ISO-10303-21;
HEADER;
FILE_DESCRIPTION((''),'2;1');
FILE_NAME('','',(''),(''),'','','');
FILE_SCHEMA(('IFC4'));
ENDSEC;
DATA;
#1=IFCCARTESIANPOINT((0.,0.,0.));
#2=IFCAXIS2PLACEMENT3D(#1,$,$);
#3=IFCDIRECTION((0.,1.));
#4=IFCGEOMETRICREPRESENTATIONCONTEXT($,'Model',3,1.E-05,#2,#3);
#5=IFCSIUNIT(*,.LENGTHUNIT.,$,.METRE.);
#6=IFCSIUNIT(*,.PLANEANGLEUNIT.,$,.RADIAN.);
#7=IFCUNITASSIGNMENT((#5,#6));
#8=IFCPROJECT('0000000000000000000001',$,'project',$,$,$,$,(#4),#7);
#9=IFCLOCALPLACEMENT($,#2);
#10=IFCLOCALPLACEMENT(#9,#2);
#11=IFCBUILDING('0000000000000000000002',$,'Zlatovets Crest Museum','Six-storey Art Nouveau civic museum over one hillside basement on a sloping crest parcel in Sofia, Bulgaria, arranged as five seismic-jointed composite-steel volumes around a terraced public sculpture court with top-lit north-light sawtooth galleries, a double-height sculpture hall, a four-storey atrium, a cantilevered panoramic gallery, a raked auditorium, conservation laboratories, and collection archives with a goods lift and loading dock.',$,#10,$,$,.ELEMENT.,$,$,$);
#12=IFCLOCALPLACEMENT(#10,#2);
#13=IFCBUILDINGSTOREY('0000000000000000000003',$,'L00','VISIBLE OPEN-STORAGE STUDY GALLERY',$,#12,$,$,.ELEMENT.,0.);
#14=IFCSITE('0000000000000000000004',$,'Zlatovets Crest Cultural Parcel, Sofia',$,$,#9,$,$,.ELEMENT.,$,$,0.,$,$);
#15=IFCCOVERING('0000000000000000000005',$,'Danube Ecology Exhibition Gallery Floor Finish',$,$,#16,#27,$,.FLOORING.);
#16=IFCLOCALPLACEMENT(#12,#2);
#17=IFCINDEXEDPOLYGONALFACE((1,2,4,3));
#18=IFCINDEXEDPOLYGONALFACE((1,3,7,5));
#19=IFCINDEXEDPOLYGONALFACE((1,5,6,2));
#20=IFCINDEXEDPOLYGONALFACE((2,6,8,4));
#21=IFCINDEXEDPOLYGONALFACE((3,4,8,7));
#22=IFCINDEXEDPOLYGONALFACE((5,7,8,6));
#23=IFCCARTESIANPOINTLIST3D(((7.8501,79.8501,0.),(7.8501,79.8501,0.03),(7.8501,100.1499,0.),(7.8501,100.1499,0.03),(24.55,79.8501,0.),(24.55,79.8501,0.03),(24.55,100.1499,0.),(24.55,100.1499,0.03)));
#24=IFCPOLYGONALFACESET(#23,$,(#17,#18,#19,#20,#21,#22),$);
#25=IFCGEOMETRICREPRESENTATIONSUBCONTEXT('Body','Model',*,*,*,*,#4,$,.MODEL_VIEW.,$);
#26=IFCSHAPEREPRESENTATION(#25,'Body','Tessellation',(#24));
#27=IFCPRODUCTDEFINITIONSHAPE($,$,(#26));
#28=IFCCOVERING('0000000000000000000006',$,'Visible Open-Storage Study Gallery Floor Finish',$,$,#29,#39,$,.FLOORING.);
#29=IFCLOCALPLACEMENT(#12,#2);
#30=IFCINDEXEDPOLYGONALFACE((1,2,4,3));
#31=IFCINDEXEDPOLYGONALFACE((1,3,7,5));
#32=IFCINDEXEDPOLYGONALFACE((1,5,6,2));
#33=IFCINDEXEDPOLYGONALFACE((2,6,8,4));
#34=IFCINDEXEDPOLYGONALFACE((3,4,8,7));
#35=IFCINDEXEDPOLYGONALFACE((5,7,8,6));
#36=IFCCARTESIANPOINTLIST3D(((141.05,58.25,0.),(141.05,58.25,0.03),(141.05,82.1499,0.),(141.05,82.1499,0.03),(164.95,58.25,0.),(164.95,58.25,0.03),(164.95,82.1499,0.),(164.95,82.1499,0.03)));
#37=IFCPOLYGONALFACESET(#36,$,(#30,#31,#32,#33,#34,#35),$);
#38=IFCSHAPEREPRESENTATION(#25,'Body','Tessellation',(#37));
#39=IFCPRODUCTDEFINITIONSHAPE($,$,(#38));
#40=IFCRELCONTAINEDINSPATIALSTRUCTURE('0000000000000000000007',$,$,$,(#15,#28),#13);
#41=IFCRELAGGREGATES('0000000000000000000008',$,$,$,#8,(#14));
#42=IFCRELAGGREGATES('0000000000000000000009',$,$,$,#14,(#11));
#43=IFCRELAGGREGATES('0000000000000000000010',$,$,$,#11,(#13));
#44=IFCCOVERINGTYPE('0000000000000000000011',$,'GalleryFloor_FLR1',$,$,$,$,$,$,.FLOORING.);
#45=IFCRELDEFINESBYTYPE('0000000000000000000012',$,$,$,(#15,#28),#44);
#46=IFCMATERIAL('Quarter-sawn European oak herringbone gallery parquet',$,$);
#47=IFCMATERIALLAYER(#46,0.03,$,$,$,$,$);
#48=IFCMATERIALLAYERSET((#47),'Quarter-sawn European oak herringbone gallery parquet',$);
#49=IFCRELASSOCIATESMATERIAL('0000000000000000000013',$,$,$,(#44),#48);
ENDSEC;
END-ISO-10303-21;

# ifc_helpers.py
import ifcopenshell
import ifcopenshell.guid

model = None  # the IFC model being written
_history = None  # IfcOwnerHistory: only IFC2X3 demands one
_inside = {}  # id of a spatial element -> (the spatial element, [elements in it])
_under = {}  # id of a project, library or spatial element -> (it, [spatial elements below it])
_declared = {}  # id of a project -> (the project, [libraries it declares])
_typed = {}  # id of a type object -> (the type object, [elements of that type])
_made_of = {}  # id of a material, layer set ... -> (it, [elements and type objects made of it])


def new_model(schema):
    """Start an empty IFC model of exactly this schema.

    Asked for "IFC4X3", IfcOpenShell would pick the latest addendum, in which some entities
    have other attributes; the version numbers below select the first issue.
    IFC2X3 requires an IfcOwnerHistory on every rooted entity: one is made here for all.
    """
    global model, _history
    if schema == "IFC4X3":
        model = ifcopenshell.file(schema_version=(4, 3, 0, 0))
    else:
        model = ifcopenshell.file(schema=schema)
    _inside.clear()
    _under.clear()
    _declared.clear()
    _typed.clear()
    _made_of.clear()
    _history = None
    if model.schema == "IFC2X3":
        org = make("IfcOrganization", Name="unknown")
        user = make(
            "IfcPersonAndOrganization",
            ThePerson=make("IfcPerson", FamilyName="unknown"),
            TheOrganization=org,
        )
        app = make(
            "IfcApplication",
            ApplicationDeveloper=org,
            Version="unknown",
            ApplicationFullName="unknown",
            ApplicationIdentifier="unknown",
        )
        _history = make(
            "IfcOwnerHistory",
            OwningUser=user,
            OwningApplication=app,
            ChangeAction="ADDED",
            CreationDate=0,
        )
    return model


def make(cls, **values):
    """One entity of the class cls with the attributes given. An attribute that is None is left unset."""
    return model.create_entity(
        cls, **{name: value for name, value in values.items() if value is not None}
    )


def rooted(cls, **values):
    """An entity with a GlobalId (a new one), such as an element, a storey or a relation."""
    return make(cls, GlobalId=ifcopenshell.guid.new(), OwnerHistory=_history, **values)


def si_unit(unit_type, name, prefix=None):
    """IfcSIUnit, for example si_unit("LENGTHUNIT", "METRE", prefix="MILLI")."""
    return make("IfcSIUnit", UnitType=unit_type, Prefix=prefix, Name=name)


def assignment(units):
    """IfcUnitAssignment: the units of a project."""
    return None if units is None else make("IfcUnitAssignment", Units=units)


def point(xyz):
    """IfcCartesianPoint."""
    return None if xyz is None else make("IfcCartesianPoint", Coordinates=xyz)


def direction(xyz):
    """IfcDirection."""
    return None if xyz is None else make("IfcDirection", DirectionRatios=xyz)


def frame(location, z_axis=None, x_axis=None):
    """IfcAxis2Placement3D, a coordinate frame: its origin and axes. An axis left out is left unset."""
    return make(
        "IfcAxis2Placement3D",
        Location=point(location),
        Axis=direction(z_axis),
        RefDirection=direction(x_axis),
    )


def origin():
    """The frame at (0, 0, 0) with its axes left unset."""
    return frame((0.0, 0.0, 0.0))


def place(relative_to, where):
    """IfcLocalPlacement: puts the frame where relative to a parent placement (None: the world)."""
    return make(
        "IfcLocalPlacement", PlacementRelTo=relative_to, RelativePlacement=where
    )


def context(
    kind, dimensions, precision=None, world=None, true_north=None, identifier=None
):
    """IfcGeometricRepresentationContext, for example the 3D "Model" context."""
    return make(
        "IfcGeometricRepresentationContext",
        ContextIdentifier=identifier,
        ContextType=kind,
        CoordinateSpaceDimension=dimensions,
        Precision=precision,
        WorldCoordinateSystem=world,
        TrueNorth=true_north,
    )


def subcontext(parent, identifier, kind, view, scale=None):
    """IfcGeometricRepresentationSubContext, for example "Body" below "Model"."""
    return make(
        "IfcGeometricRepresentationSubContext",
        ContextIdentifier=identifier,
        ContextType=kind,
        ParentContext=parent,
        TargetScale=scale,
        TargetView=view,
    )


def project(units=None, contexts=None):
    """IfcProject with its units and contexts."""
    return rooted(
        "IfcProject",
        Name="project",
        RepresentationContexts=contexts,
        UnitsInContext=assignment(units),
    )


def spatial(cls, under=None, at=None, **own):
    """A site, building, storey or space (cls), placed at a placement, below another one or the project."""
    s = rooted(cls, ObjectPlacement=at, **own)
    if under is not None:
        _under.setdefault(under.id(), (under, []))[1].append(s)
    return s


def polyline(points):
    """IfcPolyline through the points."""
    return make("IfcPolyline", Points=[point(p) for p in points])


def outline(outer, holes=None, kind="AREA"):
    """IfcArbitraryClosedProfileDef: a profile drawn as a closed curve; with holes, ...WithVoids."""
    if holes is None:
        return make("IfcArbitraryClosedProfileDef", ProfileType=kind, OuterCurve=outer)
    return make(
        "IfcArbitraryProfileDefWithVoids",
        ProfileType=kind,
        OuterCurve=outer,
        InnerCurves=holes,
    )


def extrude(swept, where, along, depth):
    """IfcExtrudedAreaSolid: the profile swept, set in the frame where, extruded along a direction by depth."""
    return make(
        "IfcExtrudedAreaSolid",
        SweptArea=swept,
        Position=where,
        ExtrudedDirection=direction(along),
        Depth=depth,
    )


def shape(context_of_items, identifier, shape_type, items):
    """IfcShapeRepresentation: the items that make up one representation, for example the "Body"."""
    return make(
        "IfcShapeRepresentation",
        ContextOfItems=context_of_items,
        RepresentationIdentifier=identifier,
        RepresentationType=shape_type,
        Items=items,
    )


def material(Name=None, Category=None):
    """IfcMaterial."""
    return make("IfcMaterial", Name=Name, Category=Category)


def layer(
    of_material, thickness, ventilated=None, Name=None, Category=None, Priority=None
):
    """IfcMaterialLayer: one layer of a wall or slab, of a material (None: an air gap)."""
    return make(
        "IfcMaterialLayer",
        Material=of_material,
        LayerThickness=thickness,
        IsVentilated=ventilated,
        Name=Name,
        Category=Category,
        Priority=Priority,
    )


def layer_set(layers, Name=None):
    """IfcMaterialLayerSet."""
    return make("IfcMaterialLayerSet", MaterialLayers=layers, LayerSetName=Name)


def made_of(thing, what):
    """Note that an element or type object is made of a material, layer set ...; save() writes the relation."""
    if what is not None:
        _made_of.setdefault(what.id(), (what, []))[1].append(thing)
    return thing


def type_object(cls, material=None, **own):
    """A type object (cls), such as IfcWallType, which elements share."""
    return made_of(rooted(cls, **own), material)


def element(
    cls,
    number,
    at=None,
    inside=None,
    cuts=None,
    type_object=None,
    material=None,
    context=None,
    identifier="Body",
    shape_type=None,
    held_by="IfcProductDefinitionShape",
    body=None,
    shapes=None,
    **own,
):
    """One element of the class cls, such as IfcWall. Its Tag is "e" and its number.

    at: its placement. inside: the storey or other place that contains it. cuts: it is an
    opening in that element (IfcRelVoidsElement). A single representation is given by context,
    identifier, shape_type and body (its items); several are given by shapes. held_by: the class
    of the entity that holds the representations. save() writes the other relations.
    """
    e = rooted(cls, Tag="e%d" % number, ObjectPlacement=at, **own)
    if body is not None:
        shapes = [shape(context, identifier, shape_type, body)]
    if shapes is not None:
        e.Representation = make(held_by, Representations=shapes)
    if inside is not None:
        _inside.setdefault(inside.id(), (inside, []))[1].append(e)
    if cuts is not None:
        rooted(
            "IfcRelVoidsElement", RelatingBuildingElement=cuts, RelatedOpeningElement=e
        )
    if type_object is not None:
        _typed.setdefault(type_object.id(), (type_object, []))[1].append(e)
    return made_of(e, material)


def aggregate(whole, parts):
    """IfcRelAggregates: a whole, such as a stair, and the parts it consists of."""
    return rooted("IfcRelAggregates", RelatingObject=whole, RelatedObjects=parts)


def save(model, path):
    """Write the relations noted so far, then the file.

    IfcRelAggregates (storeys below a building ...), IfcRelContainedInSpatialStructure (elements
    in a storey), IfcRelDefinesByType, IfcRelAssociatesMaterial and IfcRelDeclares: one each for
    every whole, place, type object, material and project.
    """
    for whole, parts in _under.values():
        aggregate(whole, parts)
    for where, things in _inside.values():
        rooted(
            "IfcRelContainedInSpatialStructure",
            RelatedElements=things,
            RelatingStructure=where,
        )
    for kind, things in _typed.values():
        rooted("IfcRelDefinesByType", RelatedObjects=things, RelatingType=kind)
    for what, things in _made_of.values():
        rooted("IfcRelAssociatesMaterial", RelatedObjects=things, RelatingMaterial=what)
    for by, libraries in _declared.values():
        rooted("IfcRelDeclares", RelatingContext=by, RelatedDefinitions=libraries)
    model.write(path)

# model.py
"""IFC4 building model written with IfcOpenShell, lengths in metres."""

from ifc_helpers import new_model, si_unit, direction, origin, place, context, subcontext, project, spatial, polyline, outline, extrude, material, layer, layer_set, type_object, element, save


model = new_model("IFC4")

# Units and contexts
model_context = context("Model", 3, precision=1e-05, world=origin(), true_north=direction((0.0, 1.0)))
body_context = subcontext(model_context, "Body", "Model", "MODEL_VIEW")
ifc_project = project(units=[si_unit("LENGTHUNIT", "METRE"), si_unit("PLANEANGLEUNIT", "RADIAN")], contexts=[model_context])

# Site, building, storey
site_placement = place(None, origin())
site = spatial("IfcSite", under=ifc_project, at=site_placement, Name="Zlatovets Crest Cultural Parcel, Sofia", CompositionType="ELEMENT", RefElevation=0.0)
building_placement = place(site_placement, origin())
building = spatial("IfcBuilding", under=site, at=building_placement, Name="Zlatovets Crest Museum", Description="Six-storey Art Nouveau civic museum over one hillside basement on a sloping crest parcel in Sofia, Bulgaria, arranged as five seismic-jointed composite-steel volumes around a terraced public sculpture court with top-lit north-light sawtooth galleries, a double-height sculpture hall, a four-storey atrium, a cantilevered panoramic gallery, a raked auditorium, conservation laboratories, and collection archives with a goods lift and loading dock.", CompositionType="ELEMENT")
storey_placement = place(building_placement, origin())
storey = spatial("IfcBuildingStorey", under=building, at=storey_placement, Name="L00", Description="VISIBLE OPEN-STORAGE STUDY GALLERY", CompositionType="ELEMENT", Elevation=0.0)

# Coverings
ifc_material_1 = material(Name="Quarter-sawn European oak herringbone gallery parquet")
ifc_layer_1 = layer(ifc_material_1, 0.03)
ifc_layer_set_1 = layer_set([ifc_layer_1], Name="Quarter-sawn European oak herringbone gallery parquet")
covering_type_1 = type_object("IfcCoveringType", Name="GalleryFloor_FLR1", PredefinedType="FLOORING", material=ifc_layer_set_1)
covering_1_placement = place(storey_placement, origin())
element("IfcCovering", 1, at=covering_1_placement, inside=storey, type_object=covering_type_1, Name="Danube Ecology Exhibition Gallery Floor Finish", PredefinedType="FLOORING", context=body_context, shape_type="SweptSolid", body=[
    extrude(outline(polyline([(7.8501, 79.8501), (24.55, 79.8501), (24.55, 100.1499), (7.8501, 100.1499), (7.8501, 79.8501)])), origin(), (0.0, 0.0, 1.0), 0.03),
])
covering_2_placement = place(storey_placement, origin())
element("IfcCovering", 2, at=covering_2_placement, inside=storey, type_object=covering_type_1, Name="Visible Open-Storage Study Gallery Floor Finish", PredefinedType="FLOORING", context=body_context, shape_type="SweptSolid", body=[
    extrude(outline(polyline([(141.05, 58.25), (164.95, 58.25), (164.95, 82.1499), (141.05, 82.1499), (141.05, 58.25)])), origin(), (0.0, 0.0, 1.0), 0.03),
])

save(model, "model.ifc")
